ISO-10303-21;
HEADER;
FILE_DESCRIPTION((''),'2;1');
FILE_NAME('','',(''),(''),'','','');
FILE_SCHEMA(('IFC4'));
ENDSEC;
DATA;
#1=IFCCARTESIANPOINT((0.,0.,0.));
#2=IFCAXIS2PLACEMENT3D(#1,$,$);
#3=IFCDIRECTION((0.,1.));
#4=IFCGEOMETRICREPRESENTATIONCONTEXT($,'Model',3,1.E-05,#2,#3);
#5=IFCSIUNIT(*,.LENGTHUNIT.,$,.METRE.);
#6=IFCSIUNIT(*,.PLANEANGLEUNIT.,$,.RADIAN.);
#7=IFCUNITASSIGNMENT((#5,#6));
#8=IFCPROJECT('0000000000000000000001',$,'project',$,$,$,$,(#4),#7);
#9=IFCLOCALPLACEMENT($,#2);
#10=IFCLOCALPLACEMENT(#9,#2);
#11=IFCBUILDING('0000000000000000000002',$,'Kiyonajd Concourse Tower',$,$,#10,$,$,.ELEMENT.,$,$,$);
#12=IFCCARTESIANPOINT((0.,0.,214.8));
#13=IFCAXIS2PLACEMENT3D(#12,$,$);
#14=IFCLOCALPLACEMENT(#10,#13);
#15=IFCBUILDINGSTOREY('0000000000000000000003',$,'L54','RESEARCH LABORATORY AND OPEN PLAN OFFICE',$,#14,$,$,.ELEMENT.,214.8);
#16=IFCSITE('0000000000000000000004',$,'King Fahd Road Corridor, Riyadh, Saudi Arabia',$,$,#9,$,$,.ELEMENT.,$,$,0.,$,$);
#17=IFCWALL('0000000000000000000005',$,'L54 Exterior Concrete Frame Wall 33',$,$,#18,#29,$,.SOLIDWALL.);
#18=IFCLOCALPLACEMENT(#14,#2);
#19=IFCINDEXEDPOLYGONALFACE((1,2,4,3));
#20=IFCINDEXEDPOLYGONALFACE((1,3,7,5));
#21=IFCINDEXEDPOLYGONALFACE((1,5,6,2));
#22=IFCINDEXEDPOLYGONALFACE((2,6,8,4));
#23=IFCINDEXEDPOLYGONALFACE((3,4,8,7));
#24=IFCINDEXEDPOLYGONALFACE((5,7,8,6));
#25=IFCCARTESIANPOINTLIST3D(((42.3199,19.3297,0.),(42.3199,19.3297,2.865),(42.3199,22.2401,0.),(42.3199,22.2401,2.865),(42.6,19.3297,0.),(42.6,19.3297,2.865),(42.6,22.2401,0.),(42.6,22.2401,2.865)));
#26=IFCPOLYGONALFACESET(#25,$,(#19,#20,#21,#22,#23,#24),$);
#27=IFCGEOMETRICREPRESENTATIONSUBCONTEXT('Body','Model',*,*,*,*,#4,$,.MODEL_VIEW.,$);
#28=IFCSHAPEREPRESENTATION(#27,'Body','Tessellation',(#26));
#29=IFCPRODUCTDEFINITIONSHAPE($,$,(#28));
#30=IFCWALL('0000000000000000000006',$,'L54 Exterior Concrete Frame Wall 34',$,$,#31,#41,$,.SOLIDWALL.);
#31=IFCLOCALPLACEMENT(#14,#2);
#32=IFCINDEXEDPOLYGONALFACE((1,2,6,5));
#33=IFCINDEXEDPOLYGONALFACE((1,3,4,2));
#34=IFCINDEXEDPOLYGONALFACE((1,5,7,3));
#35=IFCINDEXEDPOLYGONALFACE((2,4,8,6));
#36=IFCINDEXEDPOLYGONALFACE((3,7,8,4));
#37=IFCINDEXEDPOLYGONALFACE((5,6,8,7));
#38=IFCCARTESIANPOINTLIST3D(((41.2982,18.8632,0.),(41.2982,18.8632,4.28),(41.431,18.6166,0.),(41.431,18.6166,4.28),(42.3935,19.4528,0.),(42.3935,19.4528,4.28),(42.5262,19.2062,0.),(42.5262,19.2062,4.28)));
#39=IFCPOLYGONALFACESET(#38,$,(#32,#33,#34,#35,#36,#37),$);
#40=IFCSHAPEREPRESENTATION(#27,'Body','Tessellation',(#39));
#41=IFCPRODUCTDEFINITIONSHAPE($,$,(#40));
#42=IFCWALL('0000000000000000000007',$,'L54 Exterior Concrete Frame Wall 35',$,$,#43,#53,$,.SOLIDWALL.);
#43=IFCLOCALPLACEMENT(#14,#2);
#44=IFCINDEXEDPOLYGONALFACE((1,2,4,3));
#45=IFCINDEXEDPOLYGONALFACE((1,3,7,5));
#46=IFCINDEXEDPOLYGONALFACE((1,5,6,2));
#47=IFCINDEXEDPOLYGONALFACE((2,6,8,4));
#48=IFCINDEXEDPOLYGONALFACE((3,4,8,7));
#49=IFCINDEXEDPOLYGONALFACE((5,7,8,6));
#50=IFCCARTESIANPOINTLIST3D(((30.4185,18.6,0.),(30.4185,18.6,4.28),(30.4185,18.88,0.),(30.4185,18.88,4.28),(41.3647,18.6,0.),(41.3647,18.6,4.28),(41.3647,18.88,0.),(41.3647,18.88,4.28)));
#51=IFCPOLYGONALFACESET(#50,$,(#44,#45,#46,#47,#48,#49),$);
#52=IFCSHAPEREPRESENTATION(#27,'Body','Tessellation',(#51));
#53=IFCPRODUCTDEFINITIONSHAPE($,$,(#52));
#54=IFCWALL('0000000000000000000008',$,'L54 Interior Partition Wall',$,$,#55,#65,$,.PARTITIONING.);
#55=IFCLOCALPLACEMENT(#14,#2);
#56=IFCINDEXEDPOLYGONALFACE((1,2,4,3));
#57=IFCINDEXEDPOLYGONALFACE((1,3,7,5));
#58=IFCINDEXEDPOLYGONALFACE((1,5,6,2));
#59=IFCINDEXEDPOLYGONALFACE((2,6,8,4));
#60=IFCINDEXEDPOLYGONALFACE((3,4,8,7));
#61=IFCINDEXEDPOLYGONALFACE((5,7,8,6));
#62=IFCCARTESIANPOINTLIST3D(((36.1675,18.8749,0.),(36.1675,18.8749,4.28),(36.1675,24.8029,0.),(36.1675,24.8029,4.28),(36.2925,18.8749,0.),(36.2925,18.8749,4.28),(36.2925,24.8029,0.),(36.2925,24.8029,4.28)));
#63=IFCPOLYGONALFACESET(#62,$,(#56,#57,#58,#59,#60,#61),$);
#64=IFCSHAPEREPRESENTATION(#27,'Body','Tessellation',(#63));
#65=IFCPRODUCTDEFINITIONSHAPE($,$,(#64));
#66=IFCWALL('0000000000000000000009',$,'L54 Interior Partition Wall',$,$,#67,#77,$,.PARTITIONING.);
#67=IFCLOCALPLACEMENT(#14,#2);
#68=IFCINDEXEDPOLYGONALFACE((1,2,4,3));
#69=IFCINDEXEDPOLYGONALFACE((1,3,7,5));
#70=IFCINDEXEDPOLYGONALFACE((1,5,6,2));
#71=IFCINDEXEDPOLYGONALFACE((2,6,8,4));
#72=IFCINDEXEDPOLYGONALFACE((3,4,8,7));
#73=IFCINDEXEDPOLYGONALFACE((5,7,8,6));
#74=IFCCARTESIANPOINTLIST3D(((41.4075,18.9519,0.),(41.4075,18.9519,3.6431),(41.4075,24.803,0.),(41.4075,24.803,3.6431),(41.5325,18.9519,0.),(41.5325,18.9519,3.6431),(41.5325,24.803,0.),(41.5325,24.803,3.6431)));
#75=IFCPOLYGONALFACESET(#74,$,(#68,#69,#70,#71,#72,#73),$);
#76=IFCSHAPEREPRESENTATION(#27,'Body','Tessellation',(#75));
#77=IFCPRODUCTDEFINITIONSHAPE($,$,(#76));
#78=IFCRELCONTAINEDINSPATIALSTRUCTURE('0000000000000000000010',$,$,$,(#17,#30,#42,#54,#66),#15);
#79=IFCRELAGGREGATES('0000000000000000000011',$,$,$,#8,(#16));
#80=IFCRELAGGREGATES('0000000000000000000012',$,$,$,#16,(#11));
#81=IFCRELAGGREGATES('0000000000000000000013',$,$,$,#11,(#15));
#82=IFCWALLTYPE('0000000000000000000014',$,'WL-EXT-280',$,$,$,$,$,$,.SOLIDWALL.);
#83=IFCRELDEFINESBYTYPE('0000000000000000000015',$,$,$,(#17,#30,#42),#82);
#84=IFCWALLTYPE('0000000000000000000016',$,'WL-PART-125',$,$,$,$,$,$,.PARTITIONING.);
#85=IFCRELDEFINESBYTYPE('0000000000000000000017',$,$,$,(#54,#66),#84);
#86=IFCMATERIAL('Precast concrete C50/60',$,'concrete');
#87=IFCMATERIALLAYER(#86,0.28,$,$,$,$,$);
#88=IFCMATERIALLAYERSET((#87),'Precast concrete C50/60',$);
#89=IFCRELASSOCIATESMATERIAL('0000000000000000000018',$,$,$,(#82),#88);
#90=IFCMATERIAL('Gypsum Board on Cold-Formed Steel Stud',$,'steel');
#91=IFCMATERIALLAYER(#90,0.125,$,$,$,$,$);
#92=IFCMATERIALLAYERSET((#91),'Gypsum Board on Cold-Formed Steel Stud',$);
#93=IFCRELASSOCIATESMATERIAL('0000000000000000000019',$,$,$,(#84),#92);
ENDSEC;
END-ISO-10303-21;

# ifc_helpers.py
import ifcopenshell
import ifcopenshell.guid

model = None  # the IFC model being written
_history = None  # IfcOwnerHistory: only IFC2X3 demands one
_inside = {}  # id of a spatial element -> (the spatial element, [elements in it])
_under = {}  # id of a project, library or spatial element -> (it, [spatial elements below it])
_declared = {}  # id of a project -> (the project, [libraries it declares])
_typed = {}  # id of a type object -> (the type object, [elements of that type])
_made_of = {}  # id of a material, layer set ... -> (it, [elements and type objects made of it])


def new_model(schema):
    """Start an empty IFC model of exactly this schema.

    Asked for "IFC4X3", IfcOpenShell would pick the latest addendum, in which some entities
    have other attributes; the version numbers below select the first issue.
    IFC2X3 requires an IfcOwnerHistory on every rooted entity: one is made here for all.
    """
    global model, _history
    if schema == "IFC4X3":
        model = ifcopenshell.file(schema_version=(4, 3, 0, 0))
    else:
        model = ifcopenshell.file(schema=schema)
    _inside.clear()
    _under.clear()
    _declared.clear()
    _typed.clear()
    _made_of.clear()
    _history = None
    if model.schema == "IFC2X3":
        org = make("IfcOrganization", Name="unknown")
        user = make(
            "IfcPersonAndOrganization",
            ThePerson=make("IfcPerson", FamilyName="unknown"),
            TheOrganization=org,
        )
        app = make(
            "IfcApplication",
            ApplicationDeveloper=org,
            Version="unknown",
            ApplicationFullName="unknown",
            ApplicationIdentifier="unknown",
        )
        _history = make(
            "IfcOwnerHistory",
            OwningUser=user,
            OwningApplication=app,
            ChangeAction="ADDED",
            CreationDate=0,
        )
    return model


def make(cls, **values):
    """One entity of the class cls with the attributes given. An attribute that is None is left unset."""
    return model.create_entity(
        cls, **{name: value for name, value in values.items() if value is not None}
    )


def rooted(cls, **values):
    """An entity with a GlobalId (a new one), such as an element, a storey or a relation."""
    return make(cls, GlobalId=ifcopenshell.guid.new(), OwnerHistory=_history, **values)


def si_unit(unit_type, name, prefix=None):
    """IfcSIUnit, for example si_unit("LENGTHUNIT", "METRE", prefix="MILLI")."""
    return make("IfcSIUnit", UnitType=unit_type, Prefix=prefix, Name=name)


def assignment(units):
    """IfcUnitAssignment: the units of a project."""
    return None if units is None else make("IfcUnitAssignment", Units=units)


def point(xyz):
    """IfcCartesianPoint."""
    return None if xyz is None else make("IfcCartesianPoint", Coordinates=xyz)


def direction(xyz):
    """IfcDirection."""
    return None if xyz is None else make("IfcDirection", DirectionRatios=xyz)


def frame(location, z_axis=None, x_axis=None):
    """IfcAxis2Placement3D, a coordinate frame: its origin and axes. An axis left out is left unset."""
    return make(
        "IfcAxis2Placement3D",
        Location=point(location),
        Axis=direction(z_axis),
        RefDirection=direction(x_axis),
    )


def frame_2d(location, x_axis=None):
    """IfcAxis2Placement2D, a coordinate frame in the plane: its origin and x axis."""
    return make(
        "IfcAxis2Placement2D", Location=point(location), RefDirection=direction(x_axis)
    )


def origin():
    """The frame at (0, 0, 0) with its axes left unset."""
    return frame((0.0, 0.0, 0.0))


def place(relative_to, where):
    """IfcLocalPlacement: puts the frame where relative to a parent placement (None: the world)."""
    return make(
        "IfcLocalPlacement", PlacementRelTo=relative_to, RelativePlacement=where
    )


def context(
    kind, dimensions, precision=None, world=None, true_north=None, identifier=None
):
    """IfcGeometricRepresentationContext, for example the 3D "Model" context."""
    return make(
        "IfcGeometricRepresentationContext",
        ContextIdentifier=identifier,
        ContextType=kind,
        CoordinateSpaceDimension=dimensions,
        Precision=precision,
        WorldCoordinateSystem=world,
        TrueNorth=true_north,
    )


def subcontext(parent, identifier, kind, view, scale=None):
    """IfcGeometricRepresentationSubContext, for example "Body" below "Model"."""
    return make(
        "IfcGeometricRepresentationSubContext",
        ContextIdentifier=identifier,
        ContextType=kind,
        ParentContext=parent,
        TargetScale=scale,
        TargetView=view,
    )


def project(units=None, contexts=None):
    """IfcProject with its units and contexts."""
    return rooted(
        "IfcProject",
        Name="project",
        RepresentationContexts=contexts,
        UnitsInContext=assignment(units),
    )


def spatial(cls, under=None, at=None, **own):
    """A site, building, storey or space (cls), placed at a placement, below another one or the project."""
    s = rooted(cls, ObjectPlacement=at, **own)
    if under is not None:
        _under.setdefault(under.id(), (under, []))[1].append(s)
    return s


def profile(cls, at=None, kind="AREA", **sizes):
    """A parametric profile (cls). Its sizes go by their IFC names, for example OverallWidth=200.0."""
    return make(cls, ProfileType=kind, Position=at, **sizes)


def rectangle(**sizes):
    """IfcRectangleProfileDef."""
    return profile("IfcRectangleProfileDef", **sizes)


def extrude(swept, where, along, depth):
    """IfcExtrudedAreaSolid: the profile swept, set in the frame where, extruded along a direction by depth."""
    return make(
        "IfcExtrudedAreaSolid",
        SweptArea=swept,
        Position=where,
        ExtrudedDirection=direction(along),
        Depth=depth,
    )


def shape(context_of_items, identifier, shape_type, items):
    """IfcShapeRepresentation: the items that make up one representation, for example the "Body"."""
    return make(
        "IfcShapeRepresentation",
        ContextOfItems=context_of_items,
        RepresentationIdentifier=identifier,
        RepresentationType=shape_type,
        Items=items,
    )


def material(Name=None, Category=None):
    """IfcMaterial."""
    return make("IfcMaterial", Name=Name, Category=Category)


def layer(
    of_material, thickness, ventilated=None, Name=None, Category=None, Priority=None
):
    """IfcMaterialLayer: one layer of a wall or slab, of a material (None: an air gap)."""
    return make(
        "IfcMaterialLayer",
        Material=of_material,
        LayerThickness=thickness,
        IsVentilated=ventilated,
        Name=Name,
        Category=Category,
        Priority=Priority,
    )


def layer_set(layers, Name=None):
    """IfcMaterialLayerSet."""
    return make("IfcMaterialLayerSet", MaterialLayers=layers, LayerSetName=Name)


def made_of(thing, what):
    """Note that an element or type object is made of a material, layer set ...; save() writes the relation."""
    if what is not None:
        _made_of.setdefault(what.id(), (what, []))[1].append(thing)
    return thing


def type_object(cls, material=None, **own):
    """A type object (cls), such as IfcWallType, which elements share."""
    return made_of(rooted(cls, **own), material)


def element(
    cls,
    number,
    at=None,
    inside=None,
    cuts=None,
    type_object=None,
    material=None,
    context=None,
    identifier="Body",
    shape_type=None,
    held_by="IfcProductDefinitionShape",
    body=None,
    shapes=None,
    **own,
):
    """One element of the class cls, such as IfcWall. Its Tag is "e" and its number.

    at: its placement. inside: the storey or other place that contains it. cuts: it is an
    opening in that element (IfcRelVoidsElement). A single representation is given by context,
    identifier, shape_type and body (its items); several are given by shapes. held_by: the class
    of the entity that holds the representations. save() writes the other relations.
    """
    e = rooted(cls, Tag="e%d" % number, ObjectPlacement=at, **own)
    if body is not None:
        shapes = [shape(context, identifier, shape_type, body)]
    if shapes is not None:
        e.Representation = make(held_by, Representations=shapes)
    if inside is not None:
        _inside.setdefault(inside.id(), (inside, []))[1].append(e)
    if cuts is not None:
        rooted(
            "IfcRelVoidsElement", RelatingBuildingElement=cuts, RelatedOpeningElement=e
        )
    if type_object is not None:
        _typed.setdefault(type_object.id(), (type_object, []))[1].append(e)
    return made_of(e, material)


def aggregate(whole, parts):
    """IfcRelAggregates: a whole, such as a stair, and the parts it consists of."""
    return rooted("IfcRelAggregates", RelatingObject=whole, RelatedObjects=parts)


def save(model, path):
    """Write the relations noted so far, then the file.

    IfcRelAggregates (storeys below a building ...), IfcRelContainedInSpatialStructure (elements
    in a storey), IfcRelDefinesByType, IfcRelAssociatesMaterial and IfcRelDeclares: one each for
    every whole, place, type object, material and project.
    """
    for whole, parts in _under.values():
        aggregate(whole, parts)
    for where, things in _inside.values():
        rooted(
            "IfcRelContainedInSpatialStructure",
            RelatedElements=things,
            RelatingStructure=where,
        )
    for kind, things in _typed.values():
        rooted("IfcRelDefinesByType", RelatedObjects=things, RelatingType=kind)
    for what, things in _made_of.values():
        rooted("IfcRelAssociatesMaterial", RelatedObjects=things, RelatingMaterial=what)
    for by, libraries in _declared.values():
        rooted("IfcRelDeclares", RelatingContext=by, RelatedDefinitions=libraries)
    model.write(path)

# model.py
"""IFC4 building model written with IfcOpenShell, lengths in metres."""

from ifc_helpers import new_model, si_unit, direction, frame, frame_2d, origin, place, context, subcontext, project, spatial, rectangle, extrude, material, layer, layer_set, type_object, element, save


model = new_model("IFC4")

# Units and contexts
model_context = context("Model", 3, precision=1e-05, world=origin(), true_north=direction((0.0, 1.0)))
body_context = subcontext(model_context, "Body", "Model", "MODEL_VIEW")
ifc_project = project(units=[si_unit("LENGTHUNIT", "METRE"), si_unit("PLANEANGLEUNIT", "RADIAN")], contexts=[model_context])

# Site, building, storey
site_placement = place(None, origin())
site = spatial("IfcSite", under=ifc_project, at=site_placement, Name="King Fahd Road Corridor, Riyadh, Saudi Arabia", CompositionType="ELEMENT", RefElevation=0.0)
building_placement = place(site_placement, origin())
building = spatial("IfcBuilding", under=site, at=building_placement, Name="Kiyonajd Concourse Tower", CompositionType="ELEMENT")
storey_placement = place(building_placement, frame((0.0, 0.0, 214.8)))
storey = spatial("IfcBuildingStorey", under=building, at=storey_placement, Name="L54", Description="RESEARCH LABORATORY AND OPEN PLAN OFFICE", CompositionType="ELEMENT", Elevation=214.8)

# Walls
ifc_material_1 = material(Name="Precast concrete C50/60", Category="concrete")
ifc_layer_1 = layer(ifc_material_1, 0.28)
ifc_layer_set_1 = layer_set([ifc_layer_1], Name="Precast concrete C50/60")
wall_type_1 = type_object("IfcWallType", Name="WL-EXT-280", PredefinedType="SOLIDWALL", material=ifc_layer_set_1)
wall_1_placement = place(storey_placement, frame((42.46, 22.24, 0.0), z_axis=(0.0, 0.0, 1.0), x_axis=(0.0, -1.0, 0.0)))
element("IfcWall", 1, at=wall_1_placement, inside=storey, type_object=wall_type_1, Name="L54 Exterior Concrete Frame Wall 33", PredefinedType="SOLIDWALL", context=body_context, shape_type="SweptSolid", body=[
    extrude(rectangle(XDim=2.9104, YDim=0.28, at=frame_2d((1.4551, 0.0))), origin(), (0.0, 0.0, 1.0), 2.865),
])
wall_2_placement = place(storey_placement, frame((42.46, 19.3296, 0.0), z_axis=(0.0, 0.0, 1.0), x_axis=(-0.880515, -0.474018, 0.0)))
element("IfcWall", 2, at=wall_2_placement, inside=storey, type_object=wall_type_1, Name="L54 Exterior Concrete Frame Wall 34", PredefinedType="SOLIDWALL", context=body_context, shape_type="SweptSolid", body=[
    extrude(rectangle(XDim=1.2439, YDim=0.28, at=frame_2d((0.6221, 0.0))), origin(), (0.0, 0.0, 1.0), 4.28),
])
wall_3_placement = place(storey_placement, frame((41.3647, 18.74, 0.0), z_axis=(0.0, 0.0, 1.0), x_axis=(-1.0, 0.0, 0.0)))
element("IfcWall", 3, at=wall_3_placement, inside=storey, type_object=wall_type_1, Name="L54 Exterior Concrete Frame Wall 35", PredefinedType="SOLIDWALL", context=body_context, shape_type="SweptSolid", body=[
    extrude(rectangle(XDim=10.9463, YDim=0.28, at=frame_2d((5.4731, 0.0))), origin(), (0.0, 0.0, 1.0), 4.28),
])
ifc_material_2 = material(Name="Gypsum Board on Cold-Formed Steel Stud", Category="steel")
ifc_layer_2 = layer(ifc_material_2, 0.125)
ifc_layer_set_2 = layer_set([ifc_layer_2], Name="Gypsum Board on Cold-Formed Steel Stud")
wall_type_2 = type_object("IfcWallType", Name="WL-PART-125", PredefinedType="PARTITIONING", material=ifc_layer_set_2)
wall_4_placement = place(storey_placement, frame((36.23, 18.875, 0.0), z_axis=(0.0, 0.0, 1.0), x_axis=(0.0, 1.0, 0.0)))
element("IfcWall", 4, at=wall_4_placement, inside=storey, type_object=wall_type_2, Name="L54 Interior Partition Wall", PredefinedType="PARTITIONING", context=body_context, shape_type="SweptSolid", body=[
    extrude(rectangle(XDim=5.928, YDim=0.125, at=frame_2d((2.9639, 0.0))), origin(), (0.0, 0.0, 1.0), 4.28),
])
wall_5_placement = place(storey_placement, frame((41.47, 18.9519, 0.0), z_axis=(0.0, 0.0, 1.0), x_axis=(0.0, 1.0, 0.0)))
element("IfcWall", 5, at=wall_5_placement, inside=storey, type_object=wall_type_2, Name="L54 Interior Partition Wall", PredefinedType="PARTITIONING", context=body_context, shape_type="SweptSolid", body=[
    extrude(rectangle(XDim=5.8511, YDim=0.125, at=frame_2d((2.9255, 0.0))), origin(), (0.0, 0.0, 1.0), 3.6431),
])

save(model, "model.ifc")
